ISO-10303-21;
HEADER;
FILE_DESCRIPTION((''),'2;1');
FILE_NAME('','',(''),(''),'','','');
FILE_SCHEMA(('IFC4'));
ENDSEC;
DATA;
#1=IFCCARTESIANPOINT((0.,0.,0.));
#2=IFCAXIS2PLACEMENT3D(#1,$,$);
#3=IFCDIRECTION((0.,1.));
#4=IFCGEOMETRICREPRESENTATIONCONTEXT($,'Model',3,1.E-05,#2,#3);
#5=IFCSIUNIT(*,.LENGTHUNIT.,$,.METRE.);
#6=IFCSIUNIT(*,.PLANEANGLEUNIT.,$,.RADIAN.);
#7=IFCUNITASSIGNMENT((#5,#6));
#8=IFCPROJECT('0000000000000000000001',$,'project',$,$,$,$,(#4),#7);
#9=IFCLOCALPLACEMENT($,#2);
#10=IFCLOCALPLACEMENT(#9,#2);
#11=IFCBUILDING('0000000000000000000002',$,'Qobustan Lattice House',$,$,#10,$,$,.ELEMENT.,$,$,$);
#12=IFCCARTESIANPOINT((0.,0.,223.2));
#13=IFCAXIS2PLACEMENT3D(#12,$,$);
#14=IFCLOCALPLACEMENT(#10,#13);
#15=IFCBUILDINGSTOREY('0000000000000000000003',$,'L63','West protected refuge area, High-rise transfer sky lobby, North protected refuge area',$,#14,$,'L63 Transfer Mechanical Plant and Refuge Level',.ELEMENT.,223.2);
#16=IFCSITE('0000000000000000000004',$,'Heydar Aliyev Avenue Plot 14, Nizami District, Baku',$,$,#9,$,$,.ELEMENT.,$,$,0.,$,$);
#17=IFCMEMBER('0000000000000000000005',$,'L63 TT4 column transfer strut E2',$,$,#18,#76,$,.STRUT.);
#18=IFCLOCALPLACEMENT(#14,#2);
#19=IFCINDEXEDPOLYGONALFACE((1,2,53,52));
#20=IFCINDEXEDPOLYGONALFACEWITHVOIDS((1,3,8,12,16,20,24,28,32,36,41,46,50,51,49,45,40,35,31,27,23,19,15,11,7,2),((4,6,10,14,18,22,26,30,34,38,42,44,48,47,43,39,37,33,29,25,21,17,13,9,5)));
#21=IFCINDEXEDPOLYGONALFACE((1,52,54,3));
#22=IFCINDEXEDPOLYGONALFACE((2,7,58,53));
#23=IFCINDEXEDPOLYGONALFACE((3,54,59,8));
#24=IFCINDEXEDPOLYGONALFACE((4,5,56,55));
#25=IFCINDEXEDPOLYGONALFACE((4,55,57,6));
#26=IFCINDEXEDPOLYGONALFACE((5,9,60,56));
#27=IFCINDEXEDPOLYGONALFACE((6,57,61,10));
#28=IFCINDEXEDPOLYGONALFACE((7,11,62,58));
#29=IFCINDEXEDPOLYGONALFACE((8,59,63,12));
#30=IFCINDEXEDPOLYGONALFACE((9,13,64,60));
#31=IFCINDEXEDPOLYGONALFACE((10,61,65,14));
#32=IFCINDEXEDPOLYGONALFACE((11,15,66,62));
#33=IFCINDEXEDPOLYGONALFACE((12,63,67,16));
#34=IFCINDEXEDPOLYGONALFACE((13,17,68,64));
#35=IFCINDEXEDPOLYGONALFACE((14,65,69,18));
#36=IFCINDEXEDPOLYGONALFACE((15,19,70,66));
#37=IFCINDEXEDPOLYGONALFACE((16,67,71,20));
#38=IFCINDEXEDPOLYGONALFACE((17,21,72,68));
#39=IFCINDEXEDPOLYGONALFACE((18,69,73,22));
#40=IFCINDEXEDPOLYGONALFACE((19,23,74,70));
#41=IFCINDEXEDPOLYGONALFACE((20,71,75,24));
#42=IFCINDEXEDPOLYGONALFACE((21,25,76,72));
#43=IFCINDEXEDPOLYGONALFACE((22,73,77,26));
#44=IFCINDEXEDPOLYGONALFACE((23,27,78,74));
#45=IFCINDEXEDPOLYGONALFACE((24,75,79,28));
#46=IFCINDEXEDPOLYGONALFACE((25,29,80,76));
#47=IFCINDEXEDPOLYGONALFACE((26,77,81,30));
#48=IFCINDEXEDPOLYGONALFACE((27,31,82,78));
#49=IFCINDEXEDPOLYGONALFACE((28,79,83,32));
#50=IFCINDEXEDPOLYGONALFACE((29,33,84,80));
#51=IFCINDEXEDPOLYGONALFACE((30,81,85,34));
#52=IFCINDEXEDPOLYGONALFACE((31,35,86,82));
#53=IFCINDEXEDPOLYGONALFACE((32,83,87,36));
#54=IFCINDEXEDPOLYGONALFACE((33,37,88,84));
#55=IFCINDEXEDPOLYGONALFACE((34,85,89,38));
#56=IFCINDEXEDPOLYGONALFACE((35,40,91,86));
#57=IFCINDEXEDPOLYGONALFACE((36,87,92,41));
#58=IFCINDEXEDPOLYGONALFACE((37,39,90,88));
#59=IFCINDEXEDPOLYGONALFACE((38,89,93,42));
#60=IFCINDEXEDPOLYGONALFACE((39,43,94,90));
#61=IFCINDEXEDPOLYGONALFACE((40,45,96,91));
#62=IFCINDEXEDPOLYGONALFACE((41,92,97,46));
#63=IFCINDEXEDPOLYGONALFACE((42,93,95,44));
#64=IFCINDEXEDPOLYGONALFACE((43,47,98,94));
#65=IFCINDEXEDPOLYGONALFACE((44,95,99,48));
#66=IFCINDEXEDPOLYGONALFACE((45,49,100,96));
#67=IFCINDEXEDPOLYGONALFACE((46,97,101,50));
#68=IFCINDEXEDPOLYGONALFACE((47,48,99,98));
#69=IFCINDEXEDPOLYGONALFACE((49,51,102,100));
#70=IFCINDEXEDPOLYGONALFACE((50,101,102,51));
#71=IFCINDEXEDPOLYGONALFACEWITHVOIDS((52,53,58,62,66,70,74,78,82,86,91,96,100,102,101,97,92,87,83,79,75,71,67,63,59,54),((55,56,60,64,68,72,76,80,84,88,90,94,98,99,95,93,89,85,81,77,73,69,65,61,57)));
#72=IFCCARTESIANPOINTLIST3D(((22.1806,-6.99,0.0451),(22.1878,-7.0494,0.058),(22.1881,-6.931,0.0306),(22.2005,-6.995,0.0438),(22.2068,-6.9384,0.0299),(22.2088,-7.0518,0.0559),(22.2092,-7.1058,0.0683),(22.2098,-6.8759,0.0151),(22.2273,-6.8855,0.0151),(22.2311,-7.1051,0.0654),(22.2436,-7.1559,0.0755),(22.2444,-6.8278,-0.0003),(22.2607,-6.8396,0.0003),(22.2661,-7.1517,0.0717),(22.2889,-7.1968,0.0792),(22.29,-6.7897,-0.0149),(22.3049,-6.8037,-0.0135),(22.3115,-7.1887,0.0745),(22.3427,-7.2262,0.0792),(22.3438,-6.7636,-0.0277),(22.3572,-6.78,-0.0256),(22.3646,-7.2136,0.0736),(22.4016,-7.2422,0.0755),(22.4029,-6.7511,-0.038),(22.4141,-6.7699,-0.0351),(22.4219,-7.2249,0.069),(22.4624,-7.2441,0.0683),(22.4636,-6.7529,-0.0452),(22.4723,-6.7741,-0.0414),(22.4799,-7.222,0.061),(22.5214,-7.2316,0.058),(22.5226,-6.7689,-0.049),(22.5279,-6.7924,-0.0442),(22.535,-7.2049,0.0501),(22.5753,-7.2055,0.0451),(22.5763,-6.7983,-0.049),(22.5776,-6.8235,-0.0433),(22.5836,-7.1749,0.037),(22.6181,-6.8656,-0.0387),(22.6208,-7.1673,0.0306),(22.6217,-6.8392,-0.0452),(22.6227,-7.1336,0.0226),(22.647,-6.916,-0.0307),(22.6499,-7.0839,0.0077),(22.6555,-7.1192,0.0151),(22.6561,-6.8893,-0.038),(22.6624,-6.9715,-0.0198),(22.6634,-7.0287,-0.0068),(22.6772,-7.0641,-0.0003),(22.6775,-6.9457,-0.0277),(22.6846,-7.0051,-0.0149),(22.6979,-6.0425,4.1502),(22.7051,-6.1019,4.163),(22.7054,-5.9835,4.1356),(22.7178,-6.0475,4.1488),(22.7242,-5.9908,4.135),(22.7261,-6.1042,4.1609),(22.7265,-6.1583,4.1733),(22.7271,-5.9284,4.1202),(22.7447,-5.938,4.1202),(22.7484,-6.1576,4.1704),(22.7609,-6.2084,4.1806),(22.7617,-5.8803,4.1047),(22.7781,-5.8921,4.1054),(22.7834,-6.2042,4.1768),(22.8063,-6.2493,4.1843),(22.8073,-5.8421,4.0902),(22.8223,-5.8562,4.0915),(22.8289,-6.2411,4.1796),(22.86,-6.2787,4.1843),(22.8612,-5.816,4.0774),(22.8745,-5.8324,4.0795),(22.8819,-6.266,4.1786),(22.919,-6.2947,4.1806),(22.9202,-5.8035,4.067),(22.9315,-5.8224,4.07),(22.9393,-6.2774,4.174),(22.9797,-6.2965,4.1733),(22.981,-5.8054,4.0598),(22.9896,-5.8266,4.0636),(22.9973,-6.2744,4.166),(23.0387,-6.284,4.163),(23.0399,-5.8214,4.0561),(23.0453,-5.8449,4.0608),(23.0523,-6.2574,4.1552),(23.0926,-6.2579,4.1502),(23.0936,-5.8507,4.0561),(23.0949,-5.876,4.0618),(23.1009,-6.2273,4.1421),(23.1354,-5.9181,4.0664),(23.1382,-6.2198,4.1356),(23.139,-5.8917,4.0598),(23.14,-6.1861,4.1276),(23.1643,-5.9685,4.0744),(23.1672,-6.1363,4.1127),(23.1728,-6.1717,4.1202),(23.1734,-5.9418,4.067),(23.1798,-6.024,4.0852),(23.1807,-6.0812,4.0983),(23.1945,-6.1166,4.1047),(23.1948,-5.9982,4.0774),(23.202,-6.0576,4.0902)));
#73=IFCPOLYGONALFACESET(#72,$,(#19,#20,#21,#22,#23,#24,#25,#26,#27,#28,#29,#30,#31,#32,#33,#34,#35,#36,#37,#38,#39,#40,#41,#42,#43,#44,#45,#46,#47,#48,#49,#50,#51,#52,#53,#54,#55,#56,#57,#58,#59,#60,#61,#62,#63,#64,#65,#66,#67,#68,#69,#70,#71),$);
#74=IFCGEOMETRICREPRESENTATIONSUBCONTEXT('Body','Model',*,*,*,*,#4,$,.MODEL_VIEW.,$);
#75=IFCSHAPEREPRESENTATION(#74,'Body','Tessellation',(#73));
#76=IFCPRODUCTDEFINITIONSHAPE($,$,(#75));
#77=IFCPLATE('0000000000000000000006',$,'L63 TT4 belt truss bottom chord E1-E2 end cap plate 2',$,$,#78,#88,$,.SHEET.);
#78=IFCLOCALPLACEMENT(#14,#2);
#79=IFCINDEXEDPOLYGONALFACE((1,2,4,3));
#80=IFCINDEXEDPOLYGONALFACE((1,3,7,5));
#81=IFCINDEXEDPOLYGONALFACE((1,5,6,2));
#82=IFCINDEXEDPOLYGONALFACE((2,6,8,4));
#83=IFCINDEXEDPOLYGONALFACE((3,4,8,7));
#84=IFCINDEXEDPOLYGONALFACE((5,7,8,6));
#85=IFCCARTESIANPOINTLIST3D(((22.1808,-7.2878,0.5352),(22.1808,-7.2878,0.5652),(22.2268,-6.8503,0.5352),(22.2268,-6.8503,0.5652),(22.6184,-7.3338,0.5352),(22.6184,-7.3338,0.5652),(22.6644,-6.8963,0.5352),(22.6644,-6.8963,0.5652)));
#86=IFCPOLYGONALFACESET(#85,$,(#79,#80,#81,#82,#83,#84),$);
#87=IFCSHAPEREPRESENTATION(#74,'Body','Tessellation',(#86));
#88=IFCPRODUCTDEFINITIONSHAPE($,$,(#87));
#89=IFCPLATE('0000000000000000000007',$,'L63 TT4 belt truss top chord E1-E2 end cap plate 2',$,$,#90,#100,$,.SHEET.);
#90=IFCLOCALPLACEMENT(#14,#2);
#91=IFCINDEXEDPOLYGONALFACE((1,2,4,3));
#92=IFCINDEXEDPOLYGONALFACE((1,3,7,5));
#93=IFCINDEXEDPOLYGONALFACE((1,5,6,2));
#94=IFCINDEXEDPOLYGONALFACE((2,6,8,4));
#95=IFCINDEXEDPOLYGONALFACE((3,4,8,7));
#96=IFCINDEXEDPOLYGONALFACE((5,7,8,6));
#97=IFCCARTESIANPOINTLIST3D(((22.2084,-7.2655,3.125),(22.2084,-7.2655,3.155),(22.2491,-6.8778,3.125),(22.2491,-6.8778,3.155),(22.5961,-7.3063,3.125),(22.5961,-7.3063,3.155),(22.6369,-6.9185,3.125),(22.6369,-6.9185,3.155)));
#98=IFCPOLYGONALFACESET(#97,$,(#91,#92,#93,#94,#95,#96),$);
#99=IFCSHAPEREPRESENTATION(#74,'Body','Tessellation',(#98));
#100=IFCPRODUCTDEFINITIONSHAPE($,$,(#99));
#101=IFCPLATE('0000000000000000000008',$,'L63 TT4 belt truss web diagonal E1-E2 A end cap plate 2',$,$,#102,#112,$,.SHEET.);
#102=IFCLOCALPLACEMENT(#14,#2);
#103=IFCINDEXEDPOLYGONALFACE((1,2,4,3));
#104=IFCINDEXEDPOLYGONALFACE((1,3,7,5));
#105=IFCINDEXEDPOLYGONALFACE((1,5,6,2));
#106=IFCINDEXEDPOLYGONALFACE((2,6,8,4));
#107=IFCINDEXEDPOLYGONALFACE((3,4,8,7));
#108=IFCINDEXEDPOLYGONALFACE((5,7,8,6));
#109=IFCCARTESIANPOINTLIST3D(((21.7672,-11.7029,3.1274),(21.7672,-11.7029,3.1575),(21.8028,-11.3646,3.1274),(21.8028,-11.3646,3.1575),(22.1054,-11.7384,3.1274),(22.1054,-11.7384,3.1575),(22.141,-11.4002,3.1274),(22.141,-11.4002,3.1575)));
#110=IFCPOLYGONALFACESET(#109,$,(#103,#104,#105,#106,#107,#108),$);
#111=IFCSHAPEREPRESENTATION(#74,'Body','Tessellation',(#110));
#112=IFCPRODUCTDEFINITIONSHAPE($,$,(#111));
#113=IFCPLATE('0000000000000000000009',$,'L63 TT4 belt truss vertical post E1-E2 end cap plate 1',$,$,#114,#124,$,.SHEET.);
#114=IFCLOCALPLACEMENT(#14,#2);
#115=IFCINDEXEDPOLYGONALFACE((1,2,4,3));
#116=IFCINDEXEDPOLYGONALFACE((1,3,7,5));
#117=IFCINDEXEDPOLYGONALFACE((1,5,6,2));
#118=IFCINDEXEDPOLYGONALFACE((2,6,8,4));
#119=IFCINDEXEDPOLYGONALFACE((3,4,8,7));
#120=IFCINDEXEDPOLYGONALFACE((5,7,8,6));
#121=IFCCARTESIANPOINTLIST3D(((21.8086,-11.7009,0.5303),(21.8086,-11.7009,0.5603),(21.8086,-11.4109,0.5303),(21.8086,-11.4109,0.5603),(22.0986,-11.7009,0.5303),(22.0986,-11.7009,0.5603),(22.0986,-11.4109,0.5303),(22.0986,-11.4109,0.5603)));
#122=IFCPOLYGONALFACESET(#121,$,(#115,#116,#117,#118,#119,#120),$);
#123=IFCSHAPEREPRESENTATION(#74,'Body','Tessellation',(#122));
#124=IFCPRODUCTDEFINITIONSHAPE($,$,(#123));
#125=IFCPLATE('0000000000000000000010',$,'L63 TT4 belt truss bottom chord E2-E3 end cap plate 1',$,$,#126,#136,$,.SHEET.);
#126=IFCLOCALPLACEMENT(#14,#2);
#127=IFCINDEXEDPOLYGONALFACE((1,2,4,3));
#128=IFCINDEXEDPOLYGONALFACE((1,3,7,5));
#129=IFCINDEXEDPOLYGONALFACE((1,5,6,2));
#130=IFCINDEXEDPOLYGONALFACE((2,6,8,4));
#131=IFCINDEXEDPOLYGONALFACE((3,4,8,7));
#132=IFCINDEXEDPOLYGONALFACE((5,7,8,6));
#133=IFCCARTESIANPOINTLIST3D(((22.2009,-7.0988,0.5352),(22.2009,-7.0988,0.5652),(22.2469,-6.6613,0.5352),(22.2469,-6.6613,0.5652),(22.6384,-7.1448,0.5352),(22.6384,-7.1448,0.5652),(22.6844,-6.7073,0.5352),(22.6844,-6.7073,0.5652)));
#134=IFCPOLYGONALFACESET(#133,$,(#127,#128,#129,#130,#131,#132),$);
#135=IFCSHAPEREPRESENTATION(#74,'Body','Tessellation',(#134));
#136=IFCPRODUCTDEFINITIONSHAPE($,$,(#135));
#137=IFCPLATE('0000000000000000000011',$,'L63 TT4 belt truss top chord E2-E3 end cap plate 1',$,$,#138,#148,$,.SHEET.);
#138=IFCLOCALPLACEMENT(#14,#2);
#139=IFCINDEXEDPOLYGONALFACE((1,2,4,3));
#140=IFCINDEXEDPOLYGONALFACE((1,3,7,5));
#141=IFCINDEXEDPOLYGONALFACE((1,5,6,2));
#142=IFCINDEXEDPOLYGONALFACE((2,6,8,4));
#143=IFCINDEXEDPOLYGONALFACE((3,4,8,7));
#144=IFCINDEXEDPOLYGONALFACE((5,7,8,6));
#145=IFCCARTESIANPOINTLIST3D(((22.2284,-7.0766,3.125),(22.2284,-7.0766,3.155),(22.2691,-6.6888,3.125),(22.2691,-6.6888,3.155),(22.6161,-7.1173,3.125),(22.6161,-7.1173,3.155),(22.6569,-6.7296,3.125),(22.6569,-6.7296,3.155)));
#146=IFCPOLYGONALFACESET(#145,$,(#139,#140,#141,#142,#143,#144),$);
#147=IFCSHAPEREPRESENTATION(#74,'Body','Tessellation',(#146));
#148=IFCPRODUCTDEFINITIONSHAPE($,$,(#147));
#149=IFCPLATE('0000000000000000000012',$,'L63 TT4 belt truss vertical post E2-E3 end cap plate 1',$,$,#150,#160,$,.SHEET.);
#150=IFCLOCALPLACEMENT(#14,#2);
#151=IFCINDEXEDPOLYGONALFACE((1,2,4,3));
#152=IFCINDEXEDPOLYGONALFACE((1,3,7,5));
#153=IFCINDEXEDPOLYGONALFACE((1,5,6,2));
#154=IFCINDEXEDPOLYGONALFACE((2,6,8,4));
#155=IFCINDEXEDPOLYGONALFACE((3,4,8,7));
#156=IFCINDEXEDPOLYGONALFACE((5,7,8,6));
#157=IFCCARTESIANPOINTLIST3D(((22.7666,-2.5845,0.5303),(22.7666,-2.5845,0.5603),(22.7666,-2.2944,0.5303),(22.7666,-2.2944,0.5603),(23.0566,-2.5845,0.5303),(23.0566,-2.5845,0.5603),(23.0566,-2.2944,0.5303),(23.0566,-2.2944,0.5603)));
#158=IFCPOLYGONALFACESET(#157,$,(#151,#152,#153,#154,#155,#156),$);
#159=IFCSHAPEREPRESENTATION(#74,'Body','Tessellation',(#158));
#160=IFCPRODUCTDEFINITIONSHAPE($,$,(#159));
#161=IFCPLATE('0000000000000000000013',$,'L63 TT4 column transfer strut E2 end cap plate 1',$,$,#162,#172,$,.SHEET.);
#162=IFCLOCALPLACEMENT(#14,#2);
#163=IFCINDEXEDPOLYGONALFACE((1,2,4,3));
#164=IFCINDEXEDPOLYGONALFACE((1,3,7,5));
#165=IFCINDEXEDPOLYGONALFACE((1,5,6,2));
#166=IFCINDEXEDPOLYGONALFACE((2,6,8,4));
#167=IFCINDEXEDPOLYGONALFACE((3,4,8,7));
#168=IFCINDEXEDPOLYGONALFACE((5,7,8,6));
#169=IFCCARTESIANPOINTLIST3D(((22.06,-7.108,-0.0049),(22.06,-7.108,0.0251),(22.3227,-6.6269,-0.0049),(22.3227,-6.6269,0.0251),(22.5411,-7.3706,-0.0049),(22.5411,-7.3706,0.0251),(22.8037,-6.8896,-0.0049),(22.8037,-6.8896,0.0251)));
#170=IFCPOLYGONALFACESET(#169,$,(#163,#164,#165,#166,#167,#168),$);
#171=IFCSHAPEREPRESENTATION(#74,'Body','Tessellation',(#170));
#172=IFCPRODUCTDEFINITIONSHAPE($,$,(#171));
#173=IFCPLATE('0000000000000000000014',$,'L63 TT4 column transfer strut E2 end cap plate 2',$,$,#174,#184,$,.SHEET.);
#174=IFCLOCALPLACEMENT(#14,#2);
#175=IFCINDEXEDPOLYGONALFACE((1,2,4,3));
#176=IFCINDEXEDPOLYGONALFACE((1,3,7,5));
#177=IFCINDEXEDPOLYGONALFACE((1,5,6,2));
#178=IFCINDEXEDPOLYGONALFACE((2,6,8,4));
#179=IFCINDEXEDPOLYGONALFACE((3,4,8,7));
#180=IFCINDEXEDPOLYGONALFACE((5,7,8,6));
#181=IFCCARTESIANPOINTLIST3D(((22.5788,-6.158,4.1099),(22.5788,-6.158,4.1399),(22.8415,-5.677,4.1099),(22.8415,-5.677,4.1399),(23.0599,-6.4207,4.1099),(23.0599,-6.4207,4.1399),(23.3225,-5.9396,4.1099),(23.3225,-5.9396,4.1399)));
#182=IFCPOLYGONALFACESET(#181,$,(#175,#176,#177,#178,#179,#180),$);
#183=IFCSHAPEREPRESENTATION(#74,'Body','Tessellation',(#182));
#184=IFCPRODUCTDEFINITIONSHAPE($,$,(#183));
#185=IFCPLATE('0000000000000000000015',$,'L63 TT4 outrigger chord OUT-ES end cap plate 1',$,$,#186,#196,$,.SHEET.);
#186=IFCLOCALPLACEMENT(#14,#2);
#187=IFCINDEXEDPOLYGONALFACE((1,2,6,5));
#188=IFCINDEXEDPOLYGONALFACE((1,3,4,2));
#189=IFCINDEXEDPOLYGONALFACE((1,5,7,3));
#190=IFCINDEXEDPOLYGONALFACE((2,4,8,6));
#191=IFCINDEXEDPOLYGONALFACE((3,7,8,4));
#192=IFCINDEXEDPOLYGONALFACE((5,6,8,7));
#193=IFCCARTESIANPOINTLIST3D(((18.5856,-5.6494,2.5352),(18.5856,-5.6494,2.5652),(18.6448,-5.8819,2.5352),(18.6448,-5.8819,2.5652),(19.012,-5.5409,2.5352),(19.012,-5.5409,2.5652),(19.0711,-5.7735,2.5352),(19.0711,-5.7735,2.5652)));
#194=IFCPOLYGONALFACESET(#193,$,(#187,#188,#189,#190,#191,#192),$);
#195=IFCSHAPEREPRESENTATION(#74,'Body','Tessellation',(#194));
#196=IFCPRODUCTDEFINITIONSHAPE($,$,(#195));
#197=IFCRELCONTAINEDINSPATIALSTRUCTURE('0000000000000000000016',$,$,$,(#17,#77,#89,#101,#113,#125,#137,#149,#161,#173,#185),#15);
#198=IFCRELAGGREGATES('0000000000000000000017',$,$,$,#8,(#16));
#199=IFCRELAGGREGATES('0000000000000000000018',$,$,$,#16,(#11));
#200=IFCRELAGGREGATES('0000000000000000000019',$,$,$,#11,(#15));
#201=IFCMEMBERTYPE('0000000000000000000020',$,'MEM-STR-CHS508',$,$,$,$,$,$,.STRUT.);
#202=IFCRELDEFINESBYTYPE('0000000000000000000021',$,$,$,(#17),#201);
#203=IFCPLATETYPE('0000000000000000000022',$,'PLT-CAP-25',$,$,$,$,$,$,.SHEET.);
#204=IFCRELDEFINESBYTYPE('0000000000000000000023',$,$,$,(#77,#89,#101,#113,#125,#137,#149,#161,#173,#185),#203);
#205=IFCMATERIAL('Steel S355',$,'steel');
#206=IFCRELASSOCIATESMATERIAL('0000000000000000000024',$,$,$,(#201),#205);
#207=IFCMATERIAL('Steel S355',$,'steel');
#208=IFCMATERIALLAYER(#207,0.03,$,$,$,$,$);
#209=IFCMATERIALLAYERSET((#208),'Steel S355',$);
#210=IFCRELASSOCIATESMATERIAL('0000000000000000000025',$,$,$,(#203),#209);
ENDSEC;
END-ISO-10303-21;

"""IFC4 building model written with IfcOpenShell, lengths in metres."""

from ifc_helpers import new_model, si_unit, direction, frame, origin, origin_2d, place, context, subcontext, project, spatial, rectangle, hollow_circle, extrude, material, layer, layer_set, material_profile, profile_set, type_object, element, save


model = new_model("IFC4")

# Units and contexts
model_context = context("Model", 3, precision=1e-05, world=origin(), true_north=direction((0.0, 1.0)))
body_context = subcontext(model_context, "Body", "Model", "MODEL_VIEW")
ifc_project = project(units=[si_unit("LENGTHUNIT", "METRE"), si_unit("PLANEANGLEUNIT", "RADIAN")], contexts=[model_context])

# Site, building, storey
site_placement = place(None, origin())
site = spatial("IfcSite", under=ifc_project, at=site_placement, Name="Heydar Aliyev Avenue Plot 14, Nizami District, Baku", CompositionType="ELEMENT", RefElevation=0.0)
building_placement = place(site_placement, origin())
building = spatial("IfcBuilding", under=site, at=building_placement, Name="Qobustan Lattice House", CompositionType="ELEMENT")
storey_placement = place(building_placement, frame((0.0, 0.0, 223.2)))
storey = spatial("IfcBuildingStorey", under=building, at=storey_placement, Name="L63", Description="West protected refuge area, High-rise transfer sky lobby, North protected refuge area", LongName="L63 Transfer Mechanical Plant and Refuge Level", CompositionType="ELEMENT", Elevation=223.2)

# Member
ifc_material_1 = material(Name="Steel S355", Category="steel")
ifc_material_profile_1 = material_profile(ifc_material_1, hollow_circle(Radius=0.2539, WallThickness=0.02, at=origin_2d()), Name="CHS508x20")
ifc_profile_set_1 = profile_set([ifc_material_profile_1], Name="Steel S355")
member_type_1 = type_object("IfcMemberType", Name="MEM-STR-CHS508", PredefinedType="STRUT", material=ifc_profile_set_1)
member_1_placement = place(storey_placement, frame((22.4326, -6.9976, 0.0151), z_axis=(0.121882, 0.223229, 0.967116), x_axis=(-0.877697, 0.479217, 0.0)))
element("IfcMember", 1, at=member_1_placement, inside=storey, type_object=member_type_1, Name="L63 TT4 column transfer strut E2", PredefinedType="STRUT", context=body_context, shape_type="SweptSolid", body=[
    extrude(hollow_circle(Radius=0.2539, WallThickness=0.02, at=origin_2d()), origin(), (0.0, 0.0, 1.0), 4.2446),
])

# Plates
ifc_material_2 = material(Name="Steel S355", Category="steel")
ifc_layer_1 = layer(ifc_material_2, 0.03)
ifc_layer_set_1 = layer_set([ifc_layer_1], Name="Steel S355")
plate_type = type_object("IfcPlateType", Name="PLT-CAP-25", PredefinedType="SHEET", material=ifc_layer_set_1)
plate_1_placement = place(storey_placement, frame((22.4226, -7.092, 0.5352), z_axis=(0.0, 0.0, 1.0), x_axis=(0.104528, 0.994522, 0.0)))
element("IfcPlate", 2, at=plate_1_placement, inside=storey, type_object=plate_type, Name="L63 TT4 belt truss bottom chord E1-E2 end cap plate 2", PredefinedType="SHEET", context=body_context, shape_type="SweptSolid", body=[
    extrude(rectangle(XDim=0.4399, YDim=0.4399, at=origin_2d()), origin(), (0.0, 0.0, 1.0), 0.03),
])
plate_2_placement = place(storey_placement, frame((22.4226, -7.092, 3.125), z_axis=(0.0, 0.0, 1.0), x_axis=(0.104528, 0.994522, 0.0)))
element("IfcPlate", 3, at=plate_2_placement, inside=storey, type_object=plate_type, Name="L63 TT4 belt truss top chord E1-E2 end cap plate 2", PredefinedType="SHEET", context=body_context, shape_type="SweptSolid", body=[
    extrude(rectangle(XDim=0.3899, YDim=0.3899, at=origin_2d()), origin(), (0.0, 0.0, 1.0), 0.03),
])
plate_3_placement = place(storey_placement, frame((21.9541, -11.5515, 3.1274), z_axis=(0.0, 0.0, 1.0), x_axis=(0.104528, 0.994522, 0.0)))
element("IfcPlate", 4, at=plate_3_placement, inside=storey, type_object=plate_type, Name="L63 TT4 belt truss web diagonal E1-E2 A end cap plate 2", PredefinedType="SHEET", context=body_context, shape_type="SweptSolid", body=[
    extrude(rectangle(XDim=0.3401, YDim=0.3401, at=origin_2d()), origin(), (0.0, 0.0, 1.0), 0.03),
])
plate_4_placement = place(storey_placement, frame((21.9536, -11.5559, 0.5303), z_axis=(0.0, 0.0, 1.0), x_axis=(1.0, 0.0, 0.0)))
element("IfcPlate", 5, at=plate_4_placement, inside=storey, type_object=plate_type, Name="L63 TT4 belt truss vertical post E1-E2 end cap plate 1", PredefinedType="SHEET", context=body_context, shape_type="SweptSolid", body=[
    extrude(rectangle(XDim=0.29, YDim=0.29, at=origin_2d()), origin(), (0.0, 0.0, 1.0), 0.03),
])
plate_5_placement = place(storey_placement, frame((22.4426, -6.9031, 0.5352), z_axis=(0.0, 0.0, 1.0), x_axis=(0.104528, 0.994522, 0.0)))
element("IfcPlate", 6, at=plate_5_placement, inside=storey, type_object=plate_type, Name="L63 TT4 belt truss bottom chord E2-E3 end cap plate 1", PredefinedType="SHEET", context=body_context, shape_type="SweptSolid", body=[
    extrude(rectangle(XDim=0.4399, YDim=0.4399, at=origin_2d()), origin(), (0.0, 0.0, 1.0), 0.03),
])
plate_6_placement = place(storey_placement, frame((22.4426, -6.9031, 3.125), z_axis=(0.0, 0.0, 1.0), x_axis=(0.104528, 0.994522, 0.0)))
element("IfcPlate", 7, at=plate_6_placement, inside=storey, type_object=plate_type, Name="L63 TT4 belt truss top chord E2-E3 end cap plate 1", PredefinedType="SHEET", context=body_context, shape_type="SweptSolid", body=[
    extrude(rectangle(XDim=0.3899, YDim=0.3899, at=origin_2d()), origin(), (0.0, 0.0, 1.0), 0.03),
])
plate_7_placement = place(storey_placement, frame((22.9116, -2.4395, 0.5303), z_axis=(0.0, 0.0, 1.0), x_axis=(1.0, 0.0, 0.0)))
element("IfcPlate", 8, at=plate_7_placement, inside=storey, type_object=plate_type, Name="L63 TT4 belt truss vertical post E2-E3 end cap plate 1", PredefinedType="SHEET", context=body_context, shape_type="SweptSolid", body=[
    extrude(rectangle(XDim=0.29, YDim=0.29, at=origin_2d()), origin(), (0.0, 0.0, 1.0), 0.03),
])
for number, where, z_axis, x_axis, name in (
    (9, (22.4319, -6.9988, -0.0049), (0.0, 0.0, 1.0), (0.479228, 0.87769, 0.0), "L63 TT4 column transfer strut E2 end cap plate 1"),
    (10, (22.9507, -6.0488, 4.1099), (0.0, 0.0, 1.0), (0.479228, 0.87769, 0.0), "L63 TT4 column transfer strut E2 end cap plate 2"),
):
    element("IfcPlate", number, at=place(storey_placement, frame(where, z_axis=z_axis, x_axis=x_axis)), inside=storey, type_object=plate_type, Name=name, PredefinedType="SHEET", context=body_context, shape_type="SweptSolid", body=[
        extrude(rectangle(XDim=0.5481, YDim=0.5481, at=origin_2d()), origin(), (0.0, 0.0, 1.0), 0.03),
    ])
plate_8_placement = place(storey_placement, frame((18.8284, -5.7114, 2.5352), z_axis=(0.0, 0.0, 1.0), x_axis=(0.246509, -0.969141, 0.0)))
element("IfcPlate", 11, at=plate_8_placement, inside=storey, type_object=plate_type, Name="L63 TT4 outrigger chord OUT-ES end cap plate 1", PredefinedType="SHEET", context=body_context, shape_type="SweptSolid", body=[
    extrude(rectangle(XDim=0.24, YDim=0.4399, at=origin_2d()), origin(), (0.0, 0.0, 1.0), 0.03),
])

save(model, "model.ifc")
